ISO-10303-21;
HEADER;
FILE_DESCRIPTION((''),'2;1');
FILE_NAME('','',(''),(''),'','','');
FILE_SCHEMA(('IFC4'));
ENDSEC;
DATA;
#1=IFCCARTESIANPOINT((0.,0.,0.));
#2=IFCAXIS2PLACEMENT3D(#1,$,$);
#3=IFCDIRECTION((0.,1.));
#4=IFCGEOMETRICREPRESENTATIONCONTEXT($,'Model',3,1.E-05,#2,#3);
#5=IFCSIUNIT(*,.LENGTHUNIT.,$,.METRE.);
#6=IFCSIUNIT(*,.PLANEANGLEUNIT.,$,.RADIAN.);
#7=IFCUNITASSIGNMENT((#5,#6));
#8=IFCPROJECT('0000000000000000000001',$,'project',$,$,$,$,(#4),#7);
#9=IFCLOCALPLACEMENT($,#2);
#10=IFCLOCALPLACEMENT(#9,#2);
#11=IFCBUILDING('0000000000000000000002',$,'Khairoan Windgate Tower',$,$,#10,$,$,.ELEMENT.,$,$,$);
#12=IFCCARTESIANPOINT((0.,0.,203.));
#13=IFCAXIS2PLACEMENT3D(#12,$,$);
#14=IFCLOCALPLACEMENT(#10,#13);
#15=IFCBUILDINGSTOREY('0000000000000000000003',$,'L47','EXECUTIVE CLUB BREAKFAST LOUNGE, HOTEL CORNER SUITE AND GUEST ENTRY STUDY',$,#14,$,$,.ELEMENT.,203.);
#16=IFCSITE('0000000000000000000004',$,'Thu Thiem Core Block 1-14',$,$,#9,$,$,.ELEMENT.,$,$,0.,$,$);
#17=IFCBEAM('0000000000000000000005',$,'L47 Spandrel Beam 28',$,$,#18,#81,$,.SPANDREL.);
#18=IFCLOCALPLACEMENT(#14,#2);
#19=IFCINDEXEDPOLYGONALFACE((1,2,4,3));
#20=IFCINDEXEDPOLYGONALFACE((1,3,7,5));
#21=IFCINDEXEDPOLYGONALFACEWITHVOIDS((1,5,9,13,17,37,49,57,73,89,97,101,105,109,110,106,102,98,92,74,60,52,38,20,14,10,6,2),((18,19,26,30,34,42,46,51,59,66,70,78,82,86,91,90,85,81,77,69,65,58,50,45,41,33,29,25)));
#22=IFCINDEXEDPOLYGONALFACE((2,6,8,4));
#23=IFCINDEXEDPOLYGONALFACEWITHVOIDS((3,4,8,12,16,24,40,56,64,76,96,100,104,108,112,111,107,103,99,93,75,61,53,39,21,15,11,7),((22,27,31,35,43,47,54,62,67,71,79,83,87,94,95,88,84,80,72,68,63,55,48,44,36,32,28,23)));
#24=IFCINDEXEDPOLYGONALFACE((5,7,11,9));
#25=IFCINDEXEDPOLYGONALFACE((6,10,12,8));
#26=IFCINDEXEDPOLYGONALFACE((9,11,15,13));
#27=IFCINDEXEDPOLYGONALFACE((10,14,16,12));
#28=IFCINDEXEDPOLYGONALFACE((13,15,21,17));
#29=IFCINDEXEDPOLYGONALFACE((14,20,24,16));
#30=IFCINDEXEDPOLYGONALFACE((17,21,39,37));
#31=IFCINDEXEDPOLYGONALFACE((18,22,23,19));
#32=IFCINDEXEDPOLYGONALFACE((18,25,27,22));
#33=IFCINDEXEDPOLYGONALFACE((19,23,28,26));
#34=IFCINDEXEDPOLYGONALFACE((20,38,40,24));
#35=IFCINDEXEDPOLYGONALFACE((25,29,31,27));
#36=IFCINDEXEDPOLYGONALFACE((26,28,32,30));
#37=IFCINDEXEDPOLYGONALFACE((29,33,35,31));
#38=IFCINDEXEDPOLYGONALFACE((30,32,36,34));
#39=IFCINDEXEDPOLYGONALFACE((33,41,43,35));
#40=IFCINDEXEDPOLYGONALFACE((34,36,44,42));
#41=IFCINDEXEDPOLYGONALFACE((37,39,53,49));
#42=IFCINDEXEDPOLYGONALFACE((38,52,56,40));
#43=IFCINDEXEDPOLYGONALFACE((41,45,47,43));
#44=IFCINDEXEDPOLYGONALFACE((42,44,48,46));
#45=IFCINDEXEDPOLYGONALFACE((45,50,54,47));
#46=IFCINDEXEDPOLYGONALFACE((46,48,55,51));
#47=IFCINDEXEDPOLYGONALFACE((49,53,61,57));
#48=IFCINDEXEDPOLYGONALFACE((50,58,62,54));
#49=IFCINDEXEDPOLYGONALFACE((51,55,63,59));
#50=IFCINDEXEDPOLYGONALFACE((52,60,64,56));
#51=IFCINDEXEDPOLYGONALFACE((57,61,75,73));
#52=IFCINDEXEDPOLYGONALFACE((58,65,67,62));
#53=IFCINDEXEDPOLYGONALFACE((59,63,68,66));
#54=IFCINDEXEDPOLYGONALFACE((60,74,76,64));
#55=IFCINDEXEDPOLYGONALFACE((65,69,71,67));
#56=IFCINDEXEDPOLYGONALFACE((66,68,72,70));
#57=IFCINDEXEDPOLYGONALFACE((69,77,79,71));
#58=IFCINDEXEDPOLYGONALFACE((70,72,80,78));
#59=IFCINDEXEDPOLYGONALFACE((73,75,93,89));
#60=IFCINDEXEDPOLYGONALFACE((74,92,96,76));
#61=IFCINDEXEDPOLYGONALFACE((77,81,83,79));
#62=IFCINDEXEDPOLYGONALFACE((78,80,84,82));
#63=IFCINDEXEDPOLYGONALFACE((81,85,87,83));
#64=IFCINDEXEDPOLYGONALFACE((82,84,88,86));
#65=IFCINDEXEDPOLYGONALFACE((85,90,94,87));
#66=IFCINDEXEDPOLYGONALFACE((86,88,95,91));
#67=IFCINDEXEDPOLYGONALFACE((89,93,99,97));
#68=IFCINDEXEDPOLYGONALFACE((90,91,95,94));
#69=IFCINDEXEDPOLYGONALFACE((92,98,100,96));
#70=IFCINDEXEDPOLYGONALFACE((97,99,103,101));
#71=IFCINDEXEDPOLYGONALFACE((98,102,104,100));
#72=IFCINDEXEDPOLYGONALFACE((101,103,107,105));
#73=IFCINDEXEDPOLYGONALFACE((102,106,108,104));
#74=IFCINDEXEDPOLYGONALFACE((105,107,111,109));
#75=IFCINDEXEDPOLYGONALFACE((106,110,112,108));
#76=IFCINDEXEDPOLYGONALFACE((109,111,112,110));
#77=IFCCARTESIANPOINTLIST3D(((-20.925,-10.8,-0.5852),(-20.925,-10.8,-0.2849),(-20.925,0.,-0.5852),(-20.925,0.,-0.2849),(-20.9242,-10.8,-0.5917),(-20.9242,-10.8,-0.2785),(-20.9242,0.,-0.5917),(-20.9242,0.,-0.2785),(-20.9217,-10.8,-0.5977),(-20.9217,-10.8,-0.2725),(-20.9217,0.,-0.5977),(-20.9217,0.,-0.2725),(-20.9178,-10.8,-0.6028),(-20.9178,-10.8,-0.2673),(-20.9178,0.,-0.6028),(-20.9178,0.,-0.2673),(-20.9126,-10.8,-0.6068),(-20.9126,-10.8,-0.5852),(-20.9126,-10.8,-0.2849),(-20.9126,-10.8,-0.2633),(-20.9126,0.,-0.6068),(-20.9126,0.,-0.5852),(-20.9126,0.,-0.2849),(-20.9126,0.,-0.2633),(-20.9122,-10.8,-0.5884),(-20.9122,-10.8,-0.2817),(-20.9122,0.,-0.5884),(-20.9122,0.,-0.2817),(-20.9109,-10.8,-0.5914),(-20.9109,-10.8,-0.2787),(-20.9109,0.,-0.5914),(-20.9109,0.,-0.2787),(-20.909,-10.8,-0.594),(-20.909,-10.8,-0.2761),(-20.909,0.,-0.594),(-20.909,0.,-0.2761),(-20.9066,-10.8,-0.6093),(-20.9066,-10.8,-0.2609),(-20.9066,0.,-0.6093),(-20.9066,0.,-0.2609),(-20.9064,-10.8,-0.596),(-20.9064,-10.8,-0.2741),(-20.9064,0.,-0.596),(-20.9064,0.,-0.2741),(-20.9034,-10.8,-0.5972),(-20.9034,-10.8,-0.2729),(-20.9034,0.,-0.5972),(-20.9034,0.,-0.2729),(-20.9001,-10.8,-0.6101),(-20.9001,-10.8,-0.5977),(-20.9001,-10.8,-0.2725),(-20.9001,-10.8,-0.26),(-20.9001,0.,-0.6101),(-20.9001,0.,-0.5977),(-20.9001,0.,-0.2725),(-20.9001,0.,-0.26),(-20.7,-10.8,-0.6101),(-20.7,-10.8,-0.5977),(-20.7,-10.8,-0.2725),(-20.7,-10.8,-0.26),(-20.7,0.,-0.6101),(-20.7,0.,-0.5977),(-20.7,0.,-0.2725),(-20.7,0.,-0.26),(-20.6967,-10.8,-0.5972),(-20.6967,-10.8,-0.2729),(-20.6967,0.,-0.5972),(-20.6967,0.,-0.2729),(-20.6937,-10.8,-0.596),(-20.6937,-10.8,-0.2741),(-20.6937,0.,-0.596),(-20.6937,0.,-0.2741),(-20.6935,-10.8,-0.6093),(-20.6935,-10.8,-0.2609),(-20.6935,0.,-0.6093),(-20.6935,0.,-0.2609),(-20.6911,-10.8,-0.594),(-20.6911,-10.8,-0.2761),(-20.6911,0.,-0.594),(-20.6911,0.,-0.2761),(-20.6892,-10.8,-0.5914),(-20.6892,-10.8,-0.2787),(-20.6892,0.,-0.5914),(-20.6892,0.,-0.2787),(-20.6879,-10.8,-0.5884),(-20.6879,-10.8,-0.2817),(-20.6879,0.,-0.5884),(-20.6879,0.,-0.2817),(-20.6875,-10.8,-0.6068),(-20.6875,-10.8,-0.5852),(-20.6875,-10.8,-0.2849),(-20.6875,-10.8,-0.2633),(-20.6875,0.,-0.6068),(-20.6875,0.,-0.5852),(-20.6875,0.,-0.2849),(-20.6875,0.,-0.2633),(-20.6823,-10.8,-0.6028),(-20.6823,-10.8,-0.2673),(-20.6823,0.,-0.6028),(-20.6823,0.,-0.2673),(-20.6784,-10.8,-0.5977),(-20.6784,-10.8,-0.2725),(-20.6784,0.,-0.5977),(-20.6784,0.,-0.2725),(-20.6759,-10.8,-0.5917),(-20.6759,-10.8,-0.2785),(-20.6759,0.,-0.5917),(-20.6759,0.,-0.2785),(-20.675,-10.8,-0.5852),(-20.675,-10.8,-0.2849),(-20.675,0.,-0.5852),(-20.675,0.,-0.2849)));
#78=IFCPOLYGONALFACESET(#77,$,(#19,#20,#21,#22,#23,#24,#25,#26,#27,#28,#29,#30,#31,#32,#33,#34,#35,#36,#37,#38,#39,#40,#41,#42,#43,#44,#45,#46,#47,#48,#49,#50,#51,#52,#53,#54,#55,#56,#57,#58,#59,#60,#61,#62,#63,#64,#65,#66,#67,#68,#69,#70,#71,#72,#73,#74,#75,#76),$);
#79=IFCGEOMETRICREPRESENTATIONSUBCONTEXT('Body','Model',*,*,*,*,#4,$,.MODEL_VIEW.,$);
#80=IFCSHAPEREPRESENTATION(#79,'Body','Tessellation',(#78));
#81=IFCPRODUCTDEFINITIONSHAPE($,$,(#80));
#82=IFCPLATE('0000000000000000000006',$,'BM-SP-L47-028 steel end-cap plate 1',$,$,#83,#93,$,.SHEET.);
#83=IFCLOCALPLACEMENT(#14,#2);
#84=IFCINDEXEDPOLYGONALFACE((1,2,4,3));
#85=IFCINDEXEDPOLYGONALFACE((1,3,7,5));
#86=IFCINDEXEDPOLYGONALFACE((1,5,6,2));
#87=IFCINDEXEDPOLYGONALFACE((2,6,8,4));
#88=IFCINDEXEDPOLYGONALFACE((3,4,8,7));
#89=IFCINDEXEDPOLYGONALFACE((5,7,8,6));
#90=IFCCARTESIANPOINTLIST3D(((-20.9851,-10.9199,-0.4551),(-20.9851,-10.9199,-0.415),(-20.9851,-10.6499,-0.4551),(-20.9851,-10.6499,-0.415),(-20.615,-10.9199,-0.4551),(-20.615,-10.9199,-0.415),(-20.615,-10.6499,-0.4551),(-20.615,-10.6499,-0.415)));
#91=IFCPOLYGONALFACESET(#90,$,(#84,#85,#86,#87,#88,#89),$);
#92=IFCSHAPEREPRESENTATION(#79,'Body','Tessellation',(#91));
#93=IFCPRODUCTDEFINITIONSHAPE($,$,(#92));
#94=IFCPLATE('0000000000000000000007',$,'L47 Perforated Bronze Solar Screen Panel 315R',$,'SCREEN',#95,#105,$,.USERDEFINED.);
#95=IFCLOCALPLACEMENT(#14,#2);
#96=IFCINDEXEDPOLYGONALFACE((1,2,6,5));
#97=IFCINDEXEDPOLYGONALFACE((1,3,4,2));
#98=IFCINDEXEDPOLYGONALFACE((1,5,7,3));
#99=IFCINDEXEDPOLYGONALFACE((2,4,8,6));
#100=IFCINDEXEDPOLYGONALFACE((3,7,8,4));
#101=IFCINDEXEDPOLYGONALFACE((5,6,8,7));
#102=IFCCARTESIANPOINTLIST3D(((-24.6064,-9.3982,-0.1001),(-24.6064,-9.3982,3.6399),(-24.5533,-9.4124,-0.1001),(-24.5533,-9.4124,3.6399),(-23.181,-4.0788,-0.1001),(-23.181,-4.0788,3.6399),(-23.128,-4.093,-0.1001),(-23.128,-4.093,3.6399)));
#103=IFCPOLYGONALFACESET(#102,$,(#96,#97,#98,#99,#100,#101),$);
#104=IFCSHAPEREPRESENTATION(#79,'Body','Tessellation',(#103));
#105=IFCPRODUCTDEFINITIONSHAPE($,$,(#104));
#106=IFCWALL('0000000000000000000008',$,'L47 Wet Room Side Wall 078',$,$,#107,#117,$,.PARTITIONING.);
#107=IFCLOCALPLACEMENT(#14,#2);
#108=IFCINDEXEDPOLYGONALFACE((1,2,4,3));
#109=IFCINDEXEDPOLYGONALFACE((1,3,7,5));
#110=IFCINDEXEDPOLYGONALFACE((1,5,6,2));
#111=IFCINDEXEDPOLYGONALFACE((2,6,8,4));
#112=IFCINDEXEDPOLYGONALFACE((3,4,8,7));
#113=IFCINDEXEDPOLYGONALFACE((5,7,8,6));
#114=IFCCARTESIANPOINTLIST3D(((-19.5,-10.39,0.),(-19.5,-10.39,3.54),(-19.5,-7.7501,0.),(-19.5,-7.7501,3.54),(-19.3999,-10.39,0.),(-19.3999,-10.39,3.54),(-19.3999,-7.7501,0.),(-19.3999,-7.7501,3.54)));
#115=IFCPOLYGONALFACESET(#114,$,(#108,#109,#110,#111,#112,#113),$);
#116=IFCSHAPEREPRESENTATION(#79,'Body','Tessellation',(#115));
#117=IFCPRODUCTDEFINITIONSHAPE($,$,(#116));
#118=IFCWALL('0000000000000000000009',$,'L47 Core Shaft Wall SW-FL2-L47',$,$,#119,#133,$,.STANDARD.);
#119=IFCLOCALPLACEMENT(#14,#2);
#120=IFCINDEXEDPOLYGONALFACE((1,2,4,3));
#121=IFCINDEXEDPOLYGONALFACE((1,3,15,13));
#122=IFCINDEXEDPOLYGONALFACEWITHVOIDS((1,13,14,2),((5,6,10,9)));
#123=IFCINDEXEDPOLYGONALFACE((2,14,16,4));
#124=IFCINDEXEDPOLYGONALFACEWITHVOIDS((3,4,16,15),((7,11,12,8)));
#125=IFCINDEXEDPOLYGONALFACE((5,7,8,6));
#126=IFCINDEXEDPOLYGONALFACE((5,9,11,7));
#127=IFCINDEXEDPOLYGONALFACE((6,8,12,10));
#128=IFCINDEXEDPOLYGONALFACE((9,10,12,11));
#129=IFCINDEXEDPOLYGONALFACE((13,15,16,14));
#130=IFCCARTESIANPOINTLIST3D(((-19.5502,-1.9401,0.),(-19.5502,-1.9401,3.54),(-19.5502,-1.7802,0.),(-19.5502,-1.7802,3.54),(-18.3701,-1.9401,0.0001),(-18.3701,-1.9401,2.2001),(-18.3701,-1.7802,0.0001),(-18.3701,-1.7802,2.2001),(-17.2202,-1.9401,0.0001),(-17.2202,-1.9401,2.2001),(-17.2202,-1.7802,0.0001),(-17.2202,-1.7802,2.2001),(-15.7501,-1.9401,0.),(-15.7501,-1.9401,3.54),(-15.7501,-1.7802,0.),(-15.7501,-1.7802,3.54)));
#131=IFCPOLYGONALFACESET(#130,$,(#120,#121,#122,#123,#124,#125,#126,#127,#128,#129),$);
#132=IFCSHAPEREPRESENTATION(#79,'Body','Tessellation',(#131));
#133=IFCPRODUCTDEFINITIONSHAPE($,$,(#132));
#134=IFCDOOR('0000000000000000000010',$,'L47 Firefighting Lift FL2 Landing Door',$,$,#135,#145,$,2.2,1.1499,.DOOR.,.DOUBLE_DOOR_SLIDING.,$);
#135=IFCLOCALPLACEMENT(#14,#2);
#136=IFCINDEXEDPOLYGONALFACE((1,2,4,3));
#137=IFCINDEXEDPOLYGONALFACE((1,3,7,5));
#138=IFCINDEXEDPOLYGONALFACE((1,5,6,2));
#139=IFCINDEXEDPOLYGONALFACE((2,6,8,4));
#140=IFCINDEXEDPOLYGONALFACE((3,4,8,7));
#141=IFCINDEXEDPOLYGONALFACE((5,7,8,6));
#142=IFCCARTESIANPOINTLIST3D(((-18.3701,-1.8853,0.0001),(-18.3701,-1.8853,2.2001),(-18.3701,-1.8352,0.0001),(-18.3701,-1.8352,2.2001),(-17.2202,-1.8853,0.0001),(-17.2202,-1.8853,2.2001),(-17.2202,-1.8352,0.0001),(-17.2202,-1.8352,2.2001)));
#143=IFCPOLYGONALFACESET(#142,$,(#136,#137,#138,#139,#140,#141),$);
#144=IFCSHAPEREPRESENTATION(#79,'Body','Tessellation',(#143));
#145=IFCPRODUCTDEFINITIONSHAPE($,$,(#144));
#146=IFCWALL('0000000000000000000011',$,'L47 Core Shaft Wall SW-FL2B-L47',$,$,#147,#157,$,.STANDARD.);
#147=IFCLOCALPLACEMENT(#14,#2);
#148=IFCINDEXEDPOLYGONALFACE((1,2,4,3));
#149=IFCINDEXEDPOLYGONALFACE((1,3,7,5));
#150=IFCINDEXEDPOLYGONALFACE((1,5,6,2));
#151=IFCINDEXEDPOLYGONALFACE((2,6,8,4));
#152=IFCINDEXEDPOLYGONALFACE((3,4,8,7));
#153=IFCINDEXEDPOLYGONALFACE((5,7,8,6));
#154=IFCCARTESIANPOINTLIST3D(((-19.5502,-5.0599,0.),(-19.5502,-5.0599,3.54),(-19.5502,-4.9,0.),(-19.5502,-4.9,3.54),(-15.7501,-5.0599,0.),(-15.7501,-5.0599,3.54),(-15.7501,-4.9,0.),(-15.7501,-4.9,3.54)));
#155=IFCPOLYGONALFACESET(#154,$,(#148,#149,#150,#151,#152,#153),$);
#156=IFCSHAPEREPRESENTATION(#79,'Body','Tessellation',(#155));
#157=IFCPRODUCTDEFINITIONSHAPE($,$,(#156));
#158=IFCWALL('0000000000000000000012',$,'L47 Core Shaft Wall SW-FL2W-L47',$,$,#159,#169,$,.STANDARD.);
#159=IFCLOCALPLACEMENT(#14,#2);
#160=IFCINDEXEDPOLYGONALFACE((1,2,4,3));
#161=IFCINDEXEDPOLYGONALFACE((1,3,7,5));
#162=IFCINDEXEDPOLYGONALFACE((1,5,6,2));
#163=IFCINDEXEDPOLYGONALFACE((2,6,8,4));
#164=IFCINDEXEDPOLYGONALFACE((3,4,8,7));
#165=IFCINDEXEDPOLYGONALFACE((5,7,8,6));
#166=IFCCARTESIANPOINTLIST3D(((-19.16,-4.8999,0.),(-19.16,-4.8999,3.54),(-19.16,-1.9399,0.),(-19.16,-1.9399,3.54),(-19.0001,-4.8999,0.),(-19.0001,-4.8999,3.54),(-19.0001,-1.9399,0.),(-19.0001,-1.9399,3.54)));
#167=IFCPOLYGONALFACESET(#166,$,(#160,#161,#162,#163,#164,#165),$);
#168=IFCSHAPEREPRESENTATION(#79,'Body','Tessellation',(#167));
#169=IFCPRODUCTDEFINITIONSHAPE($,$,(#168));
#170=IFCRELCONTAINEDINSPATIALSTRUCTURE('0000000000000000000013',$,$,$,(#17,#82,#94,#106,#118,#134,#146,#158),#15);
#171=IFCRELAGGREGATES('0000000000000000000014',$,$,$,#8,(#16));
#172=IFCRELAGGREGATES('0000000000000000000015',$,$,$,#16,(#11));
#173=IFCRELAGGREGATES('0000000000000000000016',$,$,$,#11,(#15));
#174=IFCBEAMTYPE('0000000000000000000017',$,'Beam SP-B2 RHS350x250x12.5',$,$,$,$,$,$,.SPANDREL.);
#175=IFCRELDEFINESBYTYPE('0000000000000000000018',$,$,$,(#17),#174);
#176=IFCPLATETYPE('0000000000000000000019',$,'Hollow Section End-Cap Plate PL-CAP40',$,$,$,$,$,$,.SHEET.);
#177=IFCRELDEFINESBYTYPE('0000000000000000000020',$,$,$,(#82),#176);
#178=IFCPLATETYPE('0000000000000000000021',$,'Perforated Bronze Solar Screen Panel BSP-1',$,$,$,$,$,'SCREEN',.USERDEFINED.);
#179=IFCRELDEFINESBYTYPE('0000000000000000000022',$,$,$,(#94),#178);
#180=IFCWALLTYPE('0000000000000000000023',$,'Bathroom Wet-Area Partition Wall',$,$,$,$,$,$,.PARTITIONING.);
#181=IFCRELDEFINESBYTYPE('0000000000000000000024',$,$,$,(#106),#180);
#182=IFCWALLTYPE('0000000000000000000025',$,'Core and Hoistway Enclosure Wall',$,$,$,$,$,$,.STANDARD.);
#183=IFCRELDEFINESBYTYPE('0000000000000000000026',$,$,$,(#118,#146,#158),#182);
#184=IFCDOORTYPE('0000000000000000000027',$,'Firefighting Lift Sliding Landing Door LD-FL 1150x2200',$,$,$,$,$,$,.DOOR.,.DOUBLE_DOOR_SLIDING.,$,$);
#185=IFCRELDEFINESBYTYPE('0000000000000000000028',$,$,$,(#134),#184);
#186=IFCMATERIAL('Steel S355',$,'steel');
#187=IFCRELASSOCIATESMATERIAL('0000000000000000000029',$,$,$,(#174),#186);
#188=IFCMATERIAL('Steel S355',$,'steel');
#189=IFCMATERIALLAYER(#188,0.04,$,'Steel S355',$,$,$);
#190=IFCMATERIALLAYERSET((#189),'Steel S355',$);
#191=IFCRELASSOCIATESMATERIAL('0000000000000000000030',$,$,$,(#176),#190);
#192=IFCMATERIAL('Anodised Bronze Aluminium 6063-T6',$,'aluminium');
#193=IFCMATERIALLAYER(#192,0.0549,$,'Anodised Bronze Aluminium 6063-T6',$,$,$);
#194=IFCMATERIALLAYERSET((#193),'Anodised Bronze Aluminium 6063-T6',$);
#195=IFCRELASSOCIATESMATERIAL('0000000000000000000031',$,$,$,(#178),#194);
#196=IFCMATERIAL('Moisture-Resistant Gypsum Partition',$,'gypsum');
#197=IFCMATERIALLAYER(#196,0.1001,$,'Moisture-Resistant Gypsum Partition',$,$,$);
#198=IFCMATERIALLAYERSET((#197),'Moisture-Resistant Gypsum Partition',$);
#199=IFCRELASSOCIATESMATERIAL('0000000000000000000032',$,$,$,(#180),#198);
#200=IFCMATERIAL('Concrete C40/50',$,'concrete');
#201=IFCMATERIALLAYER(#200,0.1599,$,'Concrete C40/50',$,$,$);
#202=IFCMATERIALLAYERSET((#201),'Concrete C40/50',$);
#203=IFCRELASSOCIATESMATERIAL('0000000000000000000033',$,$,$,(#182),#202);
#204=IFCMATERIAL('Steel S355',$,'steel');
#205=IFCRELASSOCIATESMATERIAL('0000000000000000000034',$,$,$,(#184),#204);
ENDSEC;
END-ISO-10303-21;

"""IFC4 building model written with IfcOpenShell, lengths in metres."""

from ifc_helpers import new_model, si_unit, direction, frame, frame_2d, origin, origin_2d, place, context, subcontext, project, spatial, rectangle, hollow_rectangle, extrude, material, layer, layer_set, material_profile, profile_set, type_object, element, fill, save


model = new_model("IFC4")

# Units and contexts
model_context = context("Model", 3, precision=1e-05, world=origin(), true_north=direction((0.0, 1.0)))
body_context = subcontext(model_context, "Body", "Model", "MODEL_VIEW")
ifc_project = project(units=[si_unit("LENGTHUNIT", "METRE"), si_unit("PLANEANGLEUNIT", "RADIAN")], contexts=[model_context])

# Site, building, storey
site_placement = place(None, origin())
site = spatial("IfcSite", under=ifc_project, at=site_placement, Name="Thu Thiem Core Block 1-14", CompositionType="ELEMENT", RefElevation=0.0)
building_placement = place(site_placement, origin())
building = spatial("IfcBuilding", under=site, at=building_placement, Name="Khairoan Windgate Tower", CompositionType="ELEMENT")
storey_placement = place(building_placement, frame((0.0, 0.0, 203.0)))
storey = spatial("IfcBuildingStorey", under=building, at=storey_placement, Name="L47", Description="EXECUTIVE CLUB BREAKFAST LOUNGE, HOTEL CORNER SUITE AND GUEST ENTRY STUDY", CompositionType="ELEMENT", Elevation=203.0)

# Beam
ifc_material_1 = material(Name="Steel S355", Category="steel")
ifc_material_profile_1 = material_profile(ifc_material_1, hollow_rectangle(XDim=0.25, YDim=0.3501, WallThickness=0.0125, InnerFilletRadius=0.0125, OuterFilletRadius=0.0249, at=origin_2d()))
ifc_profile_set_1 = profile_set([ifc_material_profile_1], Name="Steel S355")
beam_type_1 = type_object("IfcBeamType", Name="Beam SP-B2 RHS350x250x12.5", PredefinedType="SPANDREL", material=ifc_profile_set_1)
beam_1_placement = place(storey_placement, frame((-20.8, -10.8, -0.4351), z_axis=(0.0, 1.0, 0.0), x_axis=(-1.0, 0.0, 0.0)))
element("IfcBeam", 1, at=beam_1_placement, inside=storey, type_object=beam_type_1, Name="L47 Spandrel Beam 28", PredefinedType="SPANDREL", context=body_context, shape_type="SweptSolid", body=[
    extrude(hollow_rectangle(XDim=0.25, YDim=0.3501, WallThickness=0.0125, InnerFilletRadius=0.0125, OuterFilletRadius=0.0249, at=origin_2d()), origin(), (0.0, 0.0, 1.0), 10.8),
])

# Plates
ifc_material_2 = material(Name="Steel S355", Category="steel")
ifc_layer_1 = layer(ifc_material_2, 0.04, Name="Steel S355")
ifc_layer_set_1 = layer_set([ifc_layer_1], Name="Steel S355")
plate_type_1 = type_object("IfcPlateType", Name="Hollow Section End-Cap Plate PL-CAP40", PredefinedType="SHEET", material=ifc_layer_set_1)
plate_1_placement = place(storey_placement, frame((-20.8, -10.7849, -0.4551), z_axis=(0.0, 0.0, 1.0), x_axis=(0.0, 1.0, 0.0)))
element("IfcPlate", 2, at=plate_1_placement, inside=storey, type_object=plate_type_1, Name="BM-SP-L47-028 steel end-cap plate 1", PredefinedType="SHEET", context=body_context, shape_type="SweptSolid", body=[
    extrude(rectangle(XDim=0.27, YDim=0.3701, at=origin_2d()), origin(), (0.0, 0.0, 1.0), 0.04),
])
ifc_material_3 = material(Name="Anodised Bronze Aluminium 6063-T6", Category="aluminium")
ifc_layer_2 = layer(ifc_material_3, 0.0549, Name="Anodised Bronze Aluminium 6063-T6")
ifc_layer_set_2 = layer_set([ifc_layer_2], Name="Anodised Bronze Aluminium 6063-T6")
plate_type_2 = type_object("IfcPlateType", Name="Perforated Bronze Solar Screen Panel BSP-1", ElementType="SCREEN", PredefinedType="USERDEFINED", material=ifc_layer_set_2)
plate_2_placement = place(storey_placement, frame((-23.8672, -6.7456, -0.1001), z_axis=(0.0, 0.0, 1.0), x_axis=(0.258819, 0.965926, 0.0)))
element("IfcPlate", 3, at=plate_2_placement, inside=storey, type_object=plate_type_2, Name="L47 Perforated Bronze Solar Screen Panel 315R", ObjectType="SCREEN", PredefinedType="USERDEFINED", context=body_context, shape_type="SweptSolid", body=[
    extrude(rectangle(XDim=5.5071, YDim=0.0549, at=origin_2d()), origin(), (0.0, 0.0, 1.0), 3.74),
])

# Wall
ifc_material_4 = material(Name="Moisture-Resistant Gypsum Partition", Category="gypsum")
ifc_layer_3 = layer(ifc_material_4, 0.1001, Name="Moisture-Resistant Gypsum Partition")
ifc_layer_set_3 = layer_set([ifc_layer_3], Name="Moisture-Resistant Gypsum Partition")
wall_type_1 = type_object("IfcWallType", Name="Bathroom Wet-Area Partition Wall", PredefinedType="PARTITIONING", material=ifc_layer_set_3)
wall_1_placement = place(storey_placement, frame((-19.45, -10.3899, 0.0), z_axis=(0.0, 0.0, 1.0), x_axis=(0.0, 1.0, 0.0)))
element("IfcWall", 4, at=wall_1_placement, inside=storey, type_object=wall_type_1, Name="L47 Wet Room Side Wall 078", PredefinedType="PARTITIONING", context=body_context, shape_type="SweptSolid", body=[
    extrude(rectangle(XDim=2.6399, YDim=0.1001, at=frame_2d((1.3198, 0.0))), origin(), (0.0, 0.0, 1.0), 3.54),
])

# Wall, opening, door
ifc_material_5 = material(Name="Concrete C40/50", Category="concrete")
ifc_layer_4 = layer(ifc_material_5, 0.1599, Name="Concrete C40/50")
ifc_layer_set_4 = layer_set([ifc_layer_4], Name="Concrete C40/50")
wall_type_2 = type_object("IfcWallType", Name="Core and Hoistway Enclosure Wall", PredefinedType="STANDARD", material=ifc_layer_set_4)
wall_2_placement = place(storey_placement, frame((-19.55, -1.8601, 0.0), z_axis=(0.0, 0.0, 1.0), x_axis=(1.0, 0.0, 0.0)))
wall_2 = element("IfcWall", 5, at=wall_2_placement, inside=storey, type_object=wall_type_2, Name="L47 Core Shaft Wall SW-FL2-L47", PredefinedType="STANDARD", context=body_context, shape_type="SweptSolid", body=[
    extrude(rectangle(XDim=3.8, YDim=0.1599, at=frame_2d((1.8999, 0.0))), origin(), (0.0, 0.0, 1.0), 3.54),
])
opening_1_placement = place(wall_2_placement, frame((1.1799, 0.0, 0.0)))
opening_1 = element("IfcOpeningElement", 6, at=opening_1_placement, cuts=wall_2, PredefinedType="OPENING", context=body_context, shape_type="SweptSolid", body=[
    extrude(rectangle(XDim=1.1499, YDim=2.2, at=frame_2d((0.575, 1.1001))), frame((0.0, 0.0898, 0.0), z_axis=(0.0, -1.0, 0.0), x_axis=(1.0, 0.0, 0.0)), (0.0, 0.0, 1.0), 0.1799),
])
ifc_material_6 = material(Name="Steel S355", Category="steel")
door_type_1 = type_object("IfcDoorType", Name="Firefighting Lift Sliding Landing Door LD-FL 1150x2200", OperationType="DOUBLE_DOOR_SLIDING", PredefinedType="DOOR", material=ifc_material_6)
door_1_placement = place(opening_1_placement, origin())
door_1 = element("IfcDoor", 7, at=door_1_placement, inside=storey, type_object=door_type_1, Name="L47 Firefighting Lift FL2 Landing Door", OperationType="DOUBLE_DOOR_SLIDING", OverallHeight=2.2, OverallWidth=1.1499, PredefinedType="DOOR", context=body_context, shape_type="SweptSolid", body=[
    extrude(rectangle(XDim=1.1499, YDim=2.2, at=frame_2d((0.575, 1.1001))), frame((0.0, 0.0249, 0.0), z_axis=(0.0, -1.0, 0.0), x_axis=(1.0, 0.0, 0.0)), (0.0, 0.0, 1.0), 0.05),
])
fill(opening_1, door_1)

# Walls
wall_3_placement = place(storey_placement, frame((-19.55, -4.98, 0.0), z_axis=(0.0, 0.0, 1.0), x_axis=(1.0, 0.0, 0.0)))
element("IfcWall", 8, at=wall_3_placement, inside=storey, type_object=wall_type_2, Name="L47 Core Shaft Wall SW-FL2B-L47", PredefinedType="STANDARD", context=body_context, shape_type="SweptSolid", body=[
    extrude(rectangle(XDim=3.8, YDim=0.1599, at=frame_2d((1.8999, 0.0))), origin(), (0.0, 0.0, 1.0), 3.54),
])
wall_4_placement = place(storey_placement, frame((-19.0801, -4.8999, 0.0), z_axis=(0.0, 0.0, 1.0), x_axis=(0.0, 1.0, 0.0)))
element("IfcWall", 9, at=wall_4_placement, inside=storey, type_object=wall_type_2, Name="L47 Core Shaft Wall SW-FL2W-L47", PredefinedType="STANDARD", context=body_context, shape_type="SweptSolid", body=[
    extrude(rectangle(XDim=2.96, YDim=0.1599, at=frame_2d((1.48, 0.0))), origin(), (0.0, 0.0, 1.0), 3.54),
])

save(model, "model.ifc")
